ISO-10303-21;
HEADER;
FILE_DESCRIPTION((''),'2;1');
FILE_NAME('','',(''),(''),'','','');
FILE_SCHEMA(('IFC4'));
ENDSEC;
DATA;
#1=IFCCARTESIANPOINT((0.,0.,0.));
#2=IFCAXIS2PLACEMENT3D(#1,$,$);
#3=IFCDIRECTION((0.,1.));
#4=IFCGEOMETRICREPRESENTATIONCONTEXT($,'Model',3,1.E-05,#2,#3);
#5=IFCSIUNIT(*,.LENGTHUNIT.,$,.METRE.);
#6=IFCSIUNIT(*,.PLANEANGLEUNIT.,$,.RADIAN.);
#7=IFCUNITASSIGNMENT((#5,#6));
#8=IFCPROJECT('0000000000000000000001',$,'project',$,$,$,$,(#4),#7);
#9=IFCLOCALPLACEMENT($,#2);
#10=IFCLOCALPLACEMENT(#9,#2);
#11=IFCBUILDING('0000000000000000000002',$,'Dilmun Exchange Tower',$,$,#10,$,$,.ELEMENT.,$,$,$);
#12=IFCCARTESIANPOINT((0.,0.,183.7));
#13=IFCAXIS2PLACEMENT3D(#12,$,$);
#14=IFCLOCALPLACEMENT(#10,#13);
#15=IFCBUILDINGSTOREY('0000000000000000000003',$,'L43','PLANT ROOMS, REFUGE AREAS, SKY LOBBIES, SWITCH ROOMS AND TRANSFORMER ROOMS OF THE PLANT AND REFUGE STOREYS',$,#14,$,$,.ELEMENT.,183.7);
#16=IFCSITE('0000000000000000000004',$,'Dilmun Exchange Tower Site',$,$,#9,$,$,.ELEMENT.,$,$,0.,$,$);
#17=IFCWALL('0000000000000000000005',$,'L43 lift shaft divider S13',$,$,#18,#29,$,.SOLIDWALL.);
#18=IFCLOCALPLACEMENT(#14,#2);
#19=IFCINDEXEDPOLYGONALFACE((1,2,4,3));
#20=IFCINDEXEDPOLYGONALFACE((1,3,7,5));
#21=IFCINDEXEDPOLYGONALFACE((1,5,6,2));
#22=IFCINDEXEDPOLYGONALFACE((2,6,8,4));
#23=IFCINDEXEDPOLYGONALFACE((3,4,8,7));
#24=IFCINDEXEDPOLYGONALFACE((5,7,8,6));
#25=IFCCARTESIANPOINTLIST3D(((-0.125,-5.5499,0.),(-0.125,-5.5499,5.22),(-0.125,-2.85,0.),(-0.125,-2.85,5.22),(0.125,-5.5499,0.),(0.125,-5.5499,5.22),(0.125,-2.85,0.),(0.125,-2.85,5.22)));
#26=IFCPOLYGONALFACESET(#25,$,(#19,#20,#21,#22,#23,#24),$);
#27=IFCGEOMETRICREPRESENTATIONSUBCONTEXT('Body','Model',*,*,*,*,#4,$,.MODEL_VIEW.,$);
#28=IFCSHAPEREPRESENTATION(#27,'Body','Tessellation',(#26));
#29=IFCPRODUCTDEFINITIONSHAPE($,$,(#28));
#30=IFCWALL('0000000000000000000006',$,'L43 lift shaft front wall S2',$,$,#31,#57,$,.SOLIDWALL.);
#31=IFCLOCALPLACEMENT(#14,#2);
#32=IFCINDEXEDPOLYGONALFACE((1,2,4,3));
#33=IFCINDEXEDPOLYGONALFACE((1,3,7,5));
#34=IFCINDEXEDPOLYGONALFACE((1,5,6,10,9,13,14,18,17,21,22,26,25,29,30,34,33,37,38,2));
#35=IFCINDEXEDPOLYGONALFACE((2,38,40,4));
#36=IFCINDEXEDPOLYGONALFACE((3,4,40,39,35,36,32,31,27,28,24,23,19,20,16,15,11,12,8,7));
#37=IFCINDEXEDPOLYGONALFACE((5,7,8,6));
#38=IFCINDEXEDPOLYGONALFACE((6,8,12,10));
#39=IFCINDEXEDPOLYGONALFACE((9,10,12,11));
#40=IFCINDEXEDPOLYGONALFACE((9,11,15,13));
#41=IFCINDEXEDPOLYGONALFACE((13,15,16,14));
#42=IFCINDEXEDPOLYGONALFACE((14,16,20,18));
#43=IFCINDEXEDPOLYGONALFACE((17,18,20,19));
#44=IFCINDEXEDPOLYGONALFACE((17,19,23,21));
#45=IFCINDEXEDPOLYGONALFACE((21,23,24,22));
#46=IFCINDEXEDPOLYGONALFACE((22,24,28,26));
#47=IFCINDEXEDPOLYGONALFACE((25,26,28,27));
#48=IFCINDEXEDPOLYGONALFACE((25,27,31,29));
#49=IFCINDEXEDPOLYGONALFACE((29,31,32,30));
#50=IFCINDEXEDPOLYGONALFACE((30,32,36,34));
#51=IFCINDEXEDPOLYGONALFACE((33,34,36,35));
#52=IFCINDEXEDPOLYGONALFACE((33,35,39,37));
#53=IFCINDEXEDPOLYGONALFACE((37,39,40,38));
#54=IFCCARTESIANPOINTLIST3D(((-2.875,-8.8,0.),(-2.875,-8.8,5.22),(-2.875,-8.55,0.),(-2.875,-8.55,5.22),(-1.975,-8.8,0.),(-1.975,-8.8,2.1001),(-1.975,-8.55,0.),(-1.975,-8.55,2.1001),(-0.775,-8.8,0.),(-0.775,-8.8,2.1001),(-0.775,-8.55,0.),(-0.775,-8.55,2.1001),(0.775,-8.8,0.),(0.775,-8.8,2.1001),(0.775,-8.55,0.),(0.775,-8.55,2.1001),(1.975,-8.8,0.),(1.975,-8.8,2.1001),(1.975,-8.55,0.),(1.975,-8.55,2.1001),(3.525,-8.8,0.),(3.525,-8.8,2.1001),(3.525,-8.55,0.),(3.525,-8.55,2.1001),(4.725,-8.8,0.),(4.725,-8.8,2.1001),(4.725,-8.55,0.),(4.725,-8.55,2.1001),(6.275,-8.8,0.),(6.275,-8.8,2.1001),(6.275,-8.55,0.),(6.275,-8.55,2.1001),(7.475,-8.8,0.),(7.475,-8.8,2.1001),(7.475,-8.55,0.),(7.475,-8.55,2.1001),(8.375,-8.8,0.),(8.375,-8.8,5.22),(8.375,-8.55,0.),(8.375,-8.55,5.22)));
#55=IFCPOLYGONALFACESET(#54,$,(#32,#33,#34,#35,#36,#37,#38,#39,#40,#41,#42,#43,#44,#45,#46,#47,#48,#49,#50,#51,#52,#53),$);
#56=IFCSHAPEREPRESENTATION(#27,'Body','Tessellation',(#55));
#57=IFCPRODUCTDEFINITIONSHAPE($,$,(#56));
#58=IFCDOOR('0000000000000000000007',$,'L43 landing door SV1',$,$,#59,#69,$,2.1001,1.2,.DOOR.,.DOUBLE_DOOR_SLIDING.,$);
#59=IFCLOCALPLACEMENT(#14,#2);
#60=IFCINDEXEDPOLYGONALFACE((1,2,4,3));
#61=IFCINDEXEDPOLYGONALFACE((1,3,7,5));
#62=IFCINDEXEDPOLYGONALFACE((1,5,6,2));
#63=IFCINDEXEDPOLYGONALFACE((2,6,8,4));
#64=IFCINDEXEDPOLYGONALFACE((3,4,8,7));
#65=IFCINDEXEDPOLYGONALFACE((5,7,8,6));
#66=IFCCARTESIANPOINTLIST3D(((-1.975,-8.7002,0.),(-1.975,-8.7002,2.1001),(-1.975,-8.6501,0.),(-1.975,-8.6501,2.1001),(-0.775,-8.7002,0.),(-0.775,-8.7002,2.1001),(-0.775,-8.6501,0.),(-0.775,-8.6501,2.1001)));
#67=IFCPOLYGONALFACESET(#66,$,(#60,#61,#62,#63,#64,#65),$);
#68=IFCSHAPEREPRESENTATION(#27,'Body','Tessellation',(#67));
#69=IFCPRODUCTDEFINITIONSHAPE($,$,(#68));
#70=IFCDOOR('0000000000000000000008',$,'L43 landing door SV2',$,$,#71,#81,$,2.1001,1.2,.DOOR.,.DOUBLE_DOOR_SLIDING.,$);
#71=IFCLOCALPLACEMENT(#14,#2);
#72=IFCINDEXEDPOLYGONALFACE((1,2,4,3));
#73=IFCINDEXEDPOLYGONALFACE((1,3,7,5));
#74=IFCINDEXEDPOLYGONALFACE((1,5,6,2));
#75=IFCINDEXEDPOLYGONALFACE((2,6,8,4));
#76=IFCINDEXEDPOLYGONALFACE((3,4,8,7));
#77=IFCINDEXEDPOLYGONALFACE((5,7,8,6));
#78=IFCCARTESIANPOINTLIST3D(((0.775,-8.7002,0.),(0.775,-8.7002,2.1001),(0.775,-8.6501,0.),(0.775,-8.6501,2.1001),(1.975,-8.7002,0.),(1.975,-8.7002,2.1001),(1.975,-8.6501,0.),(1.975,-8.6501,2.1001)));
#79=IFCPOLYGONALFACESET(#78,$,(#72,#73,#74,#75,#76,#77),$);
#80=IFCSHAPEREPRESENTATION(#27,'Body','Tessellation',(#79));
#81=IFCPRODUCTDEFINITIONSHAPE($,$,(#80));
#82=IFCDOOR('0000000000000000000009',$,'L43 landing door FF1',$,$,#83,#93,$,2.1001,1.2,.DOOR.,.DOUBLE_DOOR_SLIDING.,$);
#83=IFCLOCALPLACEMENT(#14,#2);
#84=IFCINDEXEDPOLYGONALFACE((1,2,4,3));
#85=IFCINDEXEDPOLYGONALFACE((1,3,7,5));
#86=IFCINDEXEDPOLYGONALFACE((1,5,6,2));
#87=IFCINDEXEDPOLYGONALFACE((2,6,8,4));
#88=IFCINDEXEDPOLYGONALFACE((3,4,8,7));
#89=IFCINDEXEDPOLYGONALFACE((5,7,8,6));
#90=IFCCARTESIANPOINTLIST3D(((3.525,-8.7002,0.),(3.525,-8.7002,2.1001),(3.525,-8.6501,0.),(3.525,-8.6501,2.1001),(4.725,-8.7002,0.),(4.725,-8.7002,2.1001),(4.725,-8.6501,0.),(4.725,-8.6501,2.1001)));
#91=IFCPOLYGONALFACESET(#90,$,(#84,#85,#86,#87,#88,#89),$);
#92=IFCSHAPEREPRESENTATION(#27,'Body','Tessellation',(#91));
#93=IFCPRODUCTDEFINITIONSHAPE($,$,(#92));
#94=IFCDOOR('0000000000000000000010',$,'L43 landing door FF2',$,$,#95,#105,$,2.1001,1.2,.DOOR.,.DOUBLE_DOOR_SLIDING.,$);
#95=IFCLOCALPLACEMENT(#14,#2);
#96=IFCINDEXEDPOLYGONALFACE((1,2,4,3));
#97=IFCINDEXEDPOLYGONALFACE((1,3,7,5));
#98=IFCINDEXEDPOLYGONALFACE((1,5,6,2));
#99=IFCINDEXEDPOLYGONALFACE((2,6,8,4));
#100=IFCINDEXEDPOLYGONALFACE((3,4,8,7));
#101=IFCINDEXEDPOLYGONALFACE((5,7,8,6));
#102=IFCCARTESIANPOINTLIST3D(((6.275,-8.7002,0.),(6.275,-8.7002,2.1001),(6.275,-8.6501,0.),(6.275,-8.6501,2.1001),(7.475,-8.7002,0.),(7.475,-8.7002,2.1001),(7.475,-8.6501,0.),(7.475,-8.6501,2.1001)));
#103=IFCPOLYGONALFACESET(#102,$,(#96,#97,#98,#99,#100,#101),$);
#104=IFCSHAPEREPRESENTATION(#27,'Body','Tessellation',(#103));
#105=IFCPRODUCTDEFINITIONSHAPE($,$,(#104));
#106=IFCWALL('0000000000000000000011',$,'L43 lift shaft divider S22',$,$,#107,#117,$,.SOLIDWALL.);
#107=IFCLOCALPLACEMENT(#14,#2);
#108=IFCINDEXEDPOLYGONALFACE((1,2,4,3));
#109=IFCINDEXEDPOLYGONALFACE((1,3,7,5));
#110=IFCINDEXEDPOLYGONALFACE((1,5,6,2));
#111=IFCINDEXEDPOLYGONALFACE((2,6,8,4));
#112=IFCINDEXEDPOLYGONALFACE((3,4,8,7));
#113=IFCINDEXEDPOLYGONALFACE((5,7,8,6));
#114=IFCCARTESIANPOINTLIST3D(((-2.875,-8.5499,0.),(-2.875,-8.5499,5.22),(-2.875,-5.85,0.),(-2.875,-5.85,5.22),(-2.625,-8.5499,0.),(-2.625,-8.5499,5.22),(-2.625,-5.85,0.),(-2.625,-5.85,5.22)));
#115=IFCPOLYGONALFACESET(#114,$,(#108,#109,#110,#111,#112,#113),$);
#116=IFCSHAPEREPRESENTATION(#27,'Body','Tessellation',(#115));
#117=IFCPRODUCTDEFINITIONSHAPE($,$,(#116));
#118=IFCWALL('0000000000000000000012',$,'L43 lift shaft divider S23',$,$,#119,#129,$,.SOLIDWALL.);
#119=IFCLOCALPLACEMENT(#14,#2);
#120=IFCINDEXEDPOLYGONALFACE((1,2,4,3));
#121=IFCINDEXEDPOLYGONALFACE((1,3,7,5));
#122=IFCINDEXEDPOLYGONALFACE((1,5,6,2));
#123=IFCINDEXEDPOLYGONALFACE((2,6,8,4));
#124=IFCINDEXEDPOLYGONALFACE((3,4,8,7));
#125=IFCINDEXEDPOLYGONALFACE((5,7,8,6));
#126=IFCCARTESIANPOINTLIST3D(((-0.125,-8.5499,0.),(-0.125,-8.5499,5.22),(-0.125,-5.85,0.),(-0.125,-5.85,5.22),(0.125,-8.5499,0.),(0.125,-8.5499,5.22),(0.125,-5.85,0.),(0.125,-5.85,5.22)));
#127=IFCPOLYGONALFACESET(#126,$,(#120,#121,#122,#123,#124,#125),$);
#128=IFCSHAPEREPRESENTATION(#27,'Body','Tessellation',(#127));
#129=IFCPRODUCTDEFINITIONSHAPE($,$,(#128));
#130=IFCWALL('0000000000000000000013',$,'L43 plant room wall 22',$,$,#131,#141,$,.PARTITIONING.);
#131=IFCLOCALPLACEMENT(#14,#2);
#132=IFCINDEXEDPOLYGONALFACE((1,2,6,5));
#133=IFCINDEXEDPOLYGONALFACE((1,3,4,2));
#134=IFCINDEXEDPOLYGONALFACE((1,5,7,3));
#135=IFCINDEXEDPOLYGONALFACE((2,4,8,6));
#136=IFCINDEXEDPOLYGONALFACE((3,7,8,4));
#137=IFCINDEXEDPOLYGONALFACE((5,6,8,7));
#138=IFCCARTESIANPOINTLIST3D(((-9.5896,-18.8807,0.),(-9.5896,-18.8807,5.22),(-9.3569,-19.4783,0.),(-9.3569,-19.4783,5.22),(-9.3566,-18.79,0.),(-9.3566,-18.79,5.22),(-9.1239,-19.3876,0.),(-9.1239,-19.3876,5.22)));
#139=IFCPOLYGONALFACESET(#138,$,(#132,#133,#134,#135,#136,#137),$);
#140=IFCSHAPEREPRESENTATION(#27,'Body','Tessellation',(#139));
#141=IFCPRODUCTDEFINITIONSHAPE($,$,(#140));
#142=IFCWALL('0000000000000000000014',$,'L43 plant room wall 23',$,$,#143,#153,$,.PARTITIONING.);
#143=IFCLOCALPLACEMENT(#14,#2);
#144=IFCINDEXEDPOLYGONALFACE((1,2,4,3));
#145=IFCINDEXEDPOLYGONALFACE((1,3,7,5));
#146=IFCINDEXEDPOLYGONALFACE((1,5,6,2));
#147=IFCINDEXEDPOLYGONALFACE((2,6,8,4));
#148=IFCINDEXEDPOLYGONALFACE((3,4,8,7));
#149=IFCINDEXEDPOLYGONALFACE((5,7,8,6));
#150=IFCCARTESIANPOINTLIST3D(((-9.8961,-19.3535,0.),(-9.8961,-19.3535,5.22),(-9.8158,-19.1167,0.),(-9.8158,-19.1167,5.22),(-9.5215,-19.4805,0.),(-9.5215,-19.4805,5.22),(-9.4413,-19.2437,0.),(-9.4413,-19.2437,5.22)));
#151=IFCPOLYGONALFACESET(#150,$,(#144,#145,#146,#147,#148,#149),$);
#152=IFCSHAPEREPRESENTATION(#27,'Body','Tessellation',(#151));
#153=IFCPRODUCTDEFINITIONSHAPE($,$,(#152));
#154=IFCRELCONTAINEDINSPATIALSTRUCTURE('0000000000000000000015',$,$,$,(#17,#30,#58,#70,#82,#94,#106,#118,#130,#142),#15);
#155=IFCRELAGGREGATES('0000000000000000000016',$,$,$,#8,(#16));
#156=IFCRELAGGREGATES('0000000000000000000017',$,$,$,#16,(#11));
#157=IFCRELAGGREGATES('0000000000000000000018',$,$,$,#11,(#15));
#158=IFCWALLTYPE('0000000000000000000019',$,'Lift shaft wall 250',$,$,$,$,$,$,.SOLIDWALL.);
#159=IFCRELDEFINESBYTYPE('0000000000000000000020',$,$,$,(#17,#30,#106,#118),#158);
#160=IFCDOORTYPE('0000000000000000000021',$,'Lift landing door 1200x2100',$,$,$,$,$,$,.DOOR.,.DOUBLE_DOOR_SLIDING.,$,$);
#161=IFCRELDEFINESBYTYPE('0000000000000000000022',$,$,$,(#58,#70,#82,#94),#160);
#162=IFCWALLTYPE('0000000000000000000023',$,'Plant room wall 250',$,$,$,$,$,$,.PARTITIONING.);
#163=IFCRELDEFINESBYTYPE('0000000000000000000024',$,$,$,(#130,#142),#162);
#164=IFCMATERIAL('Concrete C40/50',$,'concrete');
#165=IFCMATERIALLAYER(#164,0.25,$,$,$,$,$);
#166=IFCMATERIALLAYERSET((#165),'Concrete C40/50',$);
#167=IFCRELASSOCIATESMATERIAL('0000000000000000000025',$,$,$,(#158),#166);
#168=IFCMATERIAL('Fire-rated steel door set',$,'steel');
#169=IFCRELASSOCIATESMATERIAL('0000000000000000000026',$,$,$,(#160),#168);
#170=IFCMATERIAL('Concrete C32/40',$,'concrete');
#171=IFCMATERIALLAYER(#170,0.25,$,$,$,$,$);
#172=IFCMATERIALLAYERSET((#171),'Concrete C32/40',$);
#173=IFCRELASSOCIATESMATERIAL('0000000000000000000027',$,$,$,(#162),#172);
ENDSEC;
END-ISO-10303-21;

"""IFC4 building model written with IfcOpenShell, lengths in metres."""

from ifc_helpers import new_model, si_unit, direction, frame, frame_2d, origin, place, context, subcontext, project, spatial, rectangle, extrude, material, layer, layer_set, type_object, element, fill, save


model = new_model("IFC4")

# Units and contexts
model_context = context("Model", 3, precision=1e-05, world=origin(), true_north=direction((0.0, 1.0)))
body_context = subcontext(model_context, "Body", "Model", "MODEL_VIEW")
ifc_project = project(units=[si_unit("LENGTHUNIT", "METRE"), si_unit("PLANEANGLEUNIT", "RADIAN")], contexts=[model_context])

# Site, building, storey
site_placement = place(None, origin())
site = spatial("IfcSite", under=ifc_project, at=site_placement, Name="Dilmun Exchange Tower Site", CompositionType="ELEMENT", RefElevation=0.0)
building_placement = place(site_placement, origin())
building = spatial("IfcBuilding", under=site, at=building_placement, Name="Dilmun Exchange Tower", CompositionType="ELEMENT")
storey_placement = place(building_placement, frame((0.0, 0.0, 183.7)))
storey = spatial("IfcBuildingStorey", under=building, at=storey_placement, Name="L43", Description="PLANT ROOMS, REFUGE AREAS, SKY LOBBIES, SWITCH ROOMS AND TRANSFORMER ROOMS OF THE PLANT AND REFUGE STOREYS", CompositionType="ELEMENT", Elevation=183.7)

# Shared definitions
ifc_material_1 = material(Name="Concrete C40/50", Category="concrete")

# Shared definitions
ifc_material_2 = material(Name="Fire-rated steel door set", Category="steel")

# Wall
ifc_layer_1 = layer(ifc_material_1, 0.25)
ifc_layer_set_1 = layer_set([ifc_layer_1], Name="Concrete C40/50")
wall_type_1 = type_object("IfcWallType", Name="Lift shaft wall 250", PredefinedType="SOLIDWALL", material=ifc_layer_set_1)
for number, where, z_axis, x_axis, name in (
    (1, (0.0, -5.55, 0.0), (0.0, 0.0, 1.0), (0.0, 1.0, 0.0), "L43 lift shaft divider S13"),
):
    element("IfcWall", number, at=place(storey_placement, frame(where, z_axis=z_axis, x_axis=x_axis)), inside=storey, type_object=wall_type_1, Name=name, PredefinedType="SOLIDWALL", context=body_context, shape_type="SweptSolid", body=[
        extrude(rectangle(XDim=2.7, YDim=0.25, at=frame_2d((1.3501, 0.0))), origin(), (0.0, 0.0, 1.0), 5.22),
    ])

# Wall, openings, doors
wall_1_placement = place(storey_placement, frame((-2.875, -8.675, 0.0), z_axis=(0.0, 0.0, 1.0), x_axis=(1.0, 0.0, 0.0)))
wall_1 = element("IfcWall", 2, at=wall_1_placement, inside=storey, type_object=wall_type_1, Name="L43 lift shaft front wall S2", PredefinedType="SOLIDWALL", context=body_context, shape_type="SweptSolid", body=[
    extrude(rectangle(XDim=11.25, YDim=0.25, at=frame_2d((5.625, 0.0))), origin(), (0.0, 0.0, 1.0), 5.22),
])
opening_1_placement = place(wall_1_placement, frame((0.8999, 0.0, 0.0)))
opening_1 = element("IfcOpeningElement", 3, at=opening_1_placement, cuts=wall_1, PredefinedType="OPENING", context=body_context, shape_type="SweptSolid", body=[
    extrude(rectangle(XDim=1.2, YDim=2.1001, at=frame_2d((0.6001, 1.05))), frame((0.0, 0.135, 0.0), z_axis=(0.0, -1.0, 0.0), x_axis=(1.0, 0.0, 0.0)), (0.0, 0.0, 1.0), 0.27),
])
opening_2_placement = place(wall_1_placement, frame((3.6499, 0.0, 0.0)))
opening_2 = element("IfcOpeningElement", 4, at=opening_2_placement, cuts=wall_1, PredefinedType="OPENING", context=body_context, shape_type="SweptSolid", body=[
    extrude(rectangle(XDim=1.2, YDim=2.1001, at=frame_2d((0.6001, 1.05))), frame((0.0, 0.135, 0.0), z_axis=(0.0, -1.0, 0.0), x_axis=(1.0, 0.0, 0.0)), (0.0, 0.0, 1.0), 0.27),
])
opening_3_placement = place(wall_1_placement, frame((6.3999, 0.0, 0.0)))
opening_3 = element("IfcOpeningElement", 5, at=opening_3_placement, cuts=wall_1, PredefinedType="OPENING", context=body_context, shape_type="SweptSolid", body=[
    extrude(rectangle(XDim=1.2, YDim=2.1001, at=frame_2d((0.6001, 1.05))), frame((0.0, 0.135, 0.0), z_axis=(0.0, -1.0, 0.0), x_axis=(1.0, 0.0, 0.0)), (0.0, 0.0, 1.0), 0.27),
])
opening_4_placement = place(wall_1_placement, frame((9.1499, 0.0, 0.0)))
opening_4 = element("IfcOpeningElement", 6, at=opening_4_placement, cuts=wall_1, PredefinedType="OPENING", context=body_context, shape_type="SweptSolid", body=[
    extrude(rectangle(XDim=1.2, YDim=2.1001, at=frame_2d((0.6001, 1.05))), frame((0.0, 0.135, 0.0), z_axis=(0.0, -1.0, 0.0), x_axis=(1.0, 0.0, 0.0)), (0.0, 0.0, 1.0), 0.27),
])
door_type_1 = type_object("IfcDoorType", Name="Lift landing door 1200x2100", OperationType="DOUBLE_DOOR_SLIDING", PredefinedType="DOOR", material=ifc_material_2)
door_1_placement = place(opening_1_placement, origin())
door_1 = element("IfcDoor", 7, at=door_1_placement, inside=storey, type_object=door_type_1, Name="L43 landing door SV1", OperationType="DOUBLE_DOOR_SLIDING", OverallHeight=2.1001, OverallWidth=1.2, PredefinedType="DOOR", context=body_context, shape_type="SweptSolid", body=[
    extrude(rectangle(XDim=1.2, YDim=2.1001, at=frame_2d((0.6001, 1.05))), frame((0.0, 0.0249, 0.0), z_axis=(0.0, -1.0, 0.0), x_axis=(1.0, 0.0, 0.0)), (0.0, 0.0, 1.0), 0.05),
])
fill(opening_1, door_1)
door_2_placement = place(opening_2_placement, origin())
door_2 = element("IfcDoor", 8, at=door_2_placement, inside=storey, type_object=door_type_1, Name="L43 landing door SV2", OperationType="DOUBLE_DOOR_SLIDING", OverallHeight=2.1001, OverallWidth=1.2, PredefinedType="DOOR", context=body_context, shape_type="SweptSolid", body=[
    extrude(rectangle(XDim=1.2, YDim=2.1001, at=frame_2d((0.6001, 1.05))), frame((0.0, 0.0249, 0.0), z_axis=(0.0, -1.0, 0.0), x_axis=(1.0, 0.0, 0.0)), (0.0, 0.0, 1.0), 0.05),
])
fill(opening_2, door_2)
door_3_placement = place(opening_3_placement, origin())
door_3 = element("IfcDoor", 9, at=door_3_placement, inside=storey, type_object=door_type_1, Name="L43 landing door FF1", OperationType="DOUBLE_DOOR_SLIDING", OverallHeight=2.1001, OverallWidth=1.2, PredefinedType="DOOR", context=body_context, shape_type="SweptSolid", body=[
    extrude(rectangle(XDim=1.2, YDim=2.1001, at=frame_2d((0.6001, 1.05))), frame((0.0, 0.0249, 0.0), z_axis=(0.0, -1.0, 0.0), x_axis=(1.0, 0.0, 0.0)), (0.0, 0.0, 1.0), 0.05),
])
fill(opening_3, door_3)
door_4_placement = place(opening_4_placement, origin())
door_4 = element("IfcDoor", 10, at=door_4_placement, inside=storey, type_object=door_type_1, Name="L43 landing door FF2", OperationType="DOUBLE_DOOR_SLIDING", OverallHeight=2.1001, OverallWidth=1.2, PredefinedType="DOOR", context=body_context, shape_type="SweptSolid", body=[
    extrude(rectangle(XDim=1.2, YDim=2.1001, at=frame_2d((0.6001, 1.05))), frame((0.0, 0.0249, 0.0), z_axis=(0.0, -1.0, 0.0), x_axis=(1.0, 0.0, 0.0)), (0.0, 0.0, 1.0), 0.05),
])
fill(opening_4, door_4)

# Walls
for number, where, z_axis, x_axis, name in (
    (11, (-2.75, -8.55, 0.0), (0.0, 0.0, 1.0), (0.0, 1.0, 0.0), "L43 lift shaft divider S22"),
    (12, (0.0, -8.55, 0.0), (0.0, 0.0, 1.0), (0.0, 1.0, 0.0), "L43 lift shaft divider S23"),
):
    element("IfcWall", number, at=place(storey_placement, frame(where, z_axis=z_axis, x_axis=x_axis)), inside=storey, type_object=wall_type_1, Name=name, PredefinedType="SOLIDWALL", context=body_context, shape_type="SweptSolid", body=[
        extrude(rectangle(XDim=2.7, YDim=0.25, at=frame_2d((1.3501, 0.0))), origin(), (0.0, 0.0, 1.0), 5.22),
    ])
ifc_material_3 = material(Name="Concrete C32/40", Category="concrete")
ifc_layer_2 = layer(ifc_material_3, 0.25)
ifc_layer_set_2 = layer_set([ifc_layer_2], Name="Concrete C32/40")
wall_type_2 = type_object("IfcWallType", Name="Plant room wall 250", PredefinedType="PARTITIONING", material=ifc_layer_set_2)
wall_2_placement = place(storey_placement, frame((-9.4731, -18.8352, 0.0), z_axis=(0.0, 0.0, 1.0), x_axis=(0.362777, -0.931876, 0.0)))
element("IfcWall", 13, at=wall_2_placement, inside=storey, type_object=wall_type_2, Name="L43 plant room wall 22", PredefinedType="PARTITIONING", context=body_context, shape_type="SweptSolid", body=[
    extrude(rectangle(XDim=0.6414, YDim=0.25, at=frame_2d((0.3208, 0.0))), origin(), (0.0, 0.0, 1.0), 5.22),
])
wall_3_placement = place(storey_placement, frame((-9.856, -19.2351, 0.0), z_axis=(0.0, 0.0, 1.0), x_axis=(0.947066, -0.321039, 0.0)))
element("IfcWall", 14, at=wall_3_placement, inside=storey, type_object=wall_type_2, Name="L43 plant room wall 23", PredefinedType="PARTITIONING", context=body_context, shape_type="SweptSolid", body=[
    extrude(rectangle(XDim=0.3955, YDim=0.25, at=frame_2d((0.1978, 0.0))), origin(), (0.0, 0.0, 1.0), 5.22),
])

save(model, "model.ifc")
